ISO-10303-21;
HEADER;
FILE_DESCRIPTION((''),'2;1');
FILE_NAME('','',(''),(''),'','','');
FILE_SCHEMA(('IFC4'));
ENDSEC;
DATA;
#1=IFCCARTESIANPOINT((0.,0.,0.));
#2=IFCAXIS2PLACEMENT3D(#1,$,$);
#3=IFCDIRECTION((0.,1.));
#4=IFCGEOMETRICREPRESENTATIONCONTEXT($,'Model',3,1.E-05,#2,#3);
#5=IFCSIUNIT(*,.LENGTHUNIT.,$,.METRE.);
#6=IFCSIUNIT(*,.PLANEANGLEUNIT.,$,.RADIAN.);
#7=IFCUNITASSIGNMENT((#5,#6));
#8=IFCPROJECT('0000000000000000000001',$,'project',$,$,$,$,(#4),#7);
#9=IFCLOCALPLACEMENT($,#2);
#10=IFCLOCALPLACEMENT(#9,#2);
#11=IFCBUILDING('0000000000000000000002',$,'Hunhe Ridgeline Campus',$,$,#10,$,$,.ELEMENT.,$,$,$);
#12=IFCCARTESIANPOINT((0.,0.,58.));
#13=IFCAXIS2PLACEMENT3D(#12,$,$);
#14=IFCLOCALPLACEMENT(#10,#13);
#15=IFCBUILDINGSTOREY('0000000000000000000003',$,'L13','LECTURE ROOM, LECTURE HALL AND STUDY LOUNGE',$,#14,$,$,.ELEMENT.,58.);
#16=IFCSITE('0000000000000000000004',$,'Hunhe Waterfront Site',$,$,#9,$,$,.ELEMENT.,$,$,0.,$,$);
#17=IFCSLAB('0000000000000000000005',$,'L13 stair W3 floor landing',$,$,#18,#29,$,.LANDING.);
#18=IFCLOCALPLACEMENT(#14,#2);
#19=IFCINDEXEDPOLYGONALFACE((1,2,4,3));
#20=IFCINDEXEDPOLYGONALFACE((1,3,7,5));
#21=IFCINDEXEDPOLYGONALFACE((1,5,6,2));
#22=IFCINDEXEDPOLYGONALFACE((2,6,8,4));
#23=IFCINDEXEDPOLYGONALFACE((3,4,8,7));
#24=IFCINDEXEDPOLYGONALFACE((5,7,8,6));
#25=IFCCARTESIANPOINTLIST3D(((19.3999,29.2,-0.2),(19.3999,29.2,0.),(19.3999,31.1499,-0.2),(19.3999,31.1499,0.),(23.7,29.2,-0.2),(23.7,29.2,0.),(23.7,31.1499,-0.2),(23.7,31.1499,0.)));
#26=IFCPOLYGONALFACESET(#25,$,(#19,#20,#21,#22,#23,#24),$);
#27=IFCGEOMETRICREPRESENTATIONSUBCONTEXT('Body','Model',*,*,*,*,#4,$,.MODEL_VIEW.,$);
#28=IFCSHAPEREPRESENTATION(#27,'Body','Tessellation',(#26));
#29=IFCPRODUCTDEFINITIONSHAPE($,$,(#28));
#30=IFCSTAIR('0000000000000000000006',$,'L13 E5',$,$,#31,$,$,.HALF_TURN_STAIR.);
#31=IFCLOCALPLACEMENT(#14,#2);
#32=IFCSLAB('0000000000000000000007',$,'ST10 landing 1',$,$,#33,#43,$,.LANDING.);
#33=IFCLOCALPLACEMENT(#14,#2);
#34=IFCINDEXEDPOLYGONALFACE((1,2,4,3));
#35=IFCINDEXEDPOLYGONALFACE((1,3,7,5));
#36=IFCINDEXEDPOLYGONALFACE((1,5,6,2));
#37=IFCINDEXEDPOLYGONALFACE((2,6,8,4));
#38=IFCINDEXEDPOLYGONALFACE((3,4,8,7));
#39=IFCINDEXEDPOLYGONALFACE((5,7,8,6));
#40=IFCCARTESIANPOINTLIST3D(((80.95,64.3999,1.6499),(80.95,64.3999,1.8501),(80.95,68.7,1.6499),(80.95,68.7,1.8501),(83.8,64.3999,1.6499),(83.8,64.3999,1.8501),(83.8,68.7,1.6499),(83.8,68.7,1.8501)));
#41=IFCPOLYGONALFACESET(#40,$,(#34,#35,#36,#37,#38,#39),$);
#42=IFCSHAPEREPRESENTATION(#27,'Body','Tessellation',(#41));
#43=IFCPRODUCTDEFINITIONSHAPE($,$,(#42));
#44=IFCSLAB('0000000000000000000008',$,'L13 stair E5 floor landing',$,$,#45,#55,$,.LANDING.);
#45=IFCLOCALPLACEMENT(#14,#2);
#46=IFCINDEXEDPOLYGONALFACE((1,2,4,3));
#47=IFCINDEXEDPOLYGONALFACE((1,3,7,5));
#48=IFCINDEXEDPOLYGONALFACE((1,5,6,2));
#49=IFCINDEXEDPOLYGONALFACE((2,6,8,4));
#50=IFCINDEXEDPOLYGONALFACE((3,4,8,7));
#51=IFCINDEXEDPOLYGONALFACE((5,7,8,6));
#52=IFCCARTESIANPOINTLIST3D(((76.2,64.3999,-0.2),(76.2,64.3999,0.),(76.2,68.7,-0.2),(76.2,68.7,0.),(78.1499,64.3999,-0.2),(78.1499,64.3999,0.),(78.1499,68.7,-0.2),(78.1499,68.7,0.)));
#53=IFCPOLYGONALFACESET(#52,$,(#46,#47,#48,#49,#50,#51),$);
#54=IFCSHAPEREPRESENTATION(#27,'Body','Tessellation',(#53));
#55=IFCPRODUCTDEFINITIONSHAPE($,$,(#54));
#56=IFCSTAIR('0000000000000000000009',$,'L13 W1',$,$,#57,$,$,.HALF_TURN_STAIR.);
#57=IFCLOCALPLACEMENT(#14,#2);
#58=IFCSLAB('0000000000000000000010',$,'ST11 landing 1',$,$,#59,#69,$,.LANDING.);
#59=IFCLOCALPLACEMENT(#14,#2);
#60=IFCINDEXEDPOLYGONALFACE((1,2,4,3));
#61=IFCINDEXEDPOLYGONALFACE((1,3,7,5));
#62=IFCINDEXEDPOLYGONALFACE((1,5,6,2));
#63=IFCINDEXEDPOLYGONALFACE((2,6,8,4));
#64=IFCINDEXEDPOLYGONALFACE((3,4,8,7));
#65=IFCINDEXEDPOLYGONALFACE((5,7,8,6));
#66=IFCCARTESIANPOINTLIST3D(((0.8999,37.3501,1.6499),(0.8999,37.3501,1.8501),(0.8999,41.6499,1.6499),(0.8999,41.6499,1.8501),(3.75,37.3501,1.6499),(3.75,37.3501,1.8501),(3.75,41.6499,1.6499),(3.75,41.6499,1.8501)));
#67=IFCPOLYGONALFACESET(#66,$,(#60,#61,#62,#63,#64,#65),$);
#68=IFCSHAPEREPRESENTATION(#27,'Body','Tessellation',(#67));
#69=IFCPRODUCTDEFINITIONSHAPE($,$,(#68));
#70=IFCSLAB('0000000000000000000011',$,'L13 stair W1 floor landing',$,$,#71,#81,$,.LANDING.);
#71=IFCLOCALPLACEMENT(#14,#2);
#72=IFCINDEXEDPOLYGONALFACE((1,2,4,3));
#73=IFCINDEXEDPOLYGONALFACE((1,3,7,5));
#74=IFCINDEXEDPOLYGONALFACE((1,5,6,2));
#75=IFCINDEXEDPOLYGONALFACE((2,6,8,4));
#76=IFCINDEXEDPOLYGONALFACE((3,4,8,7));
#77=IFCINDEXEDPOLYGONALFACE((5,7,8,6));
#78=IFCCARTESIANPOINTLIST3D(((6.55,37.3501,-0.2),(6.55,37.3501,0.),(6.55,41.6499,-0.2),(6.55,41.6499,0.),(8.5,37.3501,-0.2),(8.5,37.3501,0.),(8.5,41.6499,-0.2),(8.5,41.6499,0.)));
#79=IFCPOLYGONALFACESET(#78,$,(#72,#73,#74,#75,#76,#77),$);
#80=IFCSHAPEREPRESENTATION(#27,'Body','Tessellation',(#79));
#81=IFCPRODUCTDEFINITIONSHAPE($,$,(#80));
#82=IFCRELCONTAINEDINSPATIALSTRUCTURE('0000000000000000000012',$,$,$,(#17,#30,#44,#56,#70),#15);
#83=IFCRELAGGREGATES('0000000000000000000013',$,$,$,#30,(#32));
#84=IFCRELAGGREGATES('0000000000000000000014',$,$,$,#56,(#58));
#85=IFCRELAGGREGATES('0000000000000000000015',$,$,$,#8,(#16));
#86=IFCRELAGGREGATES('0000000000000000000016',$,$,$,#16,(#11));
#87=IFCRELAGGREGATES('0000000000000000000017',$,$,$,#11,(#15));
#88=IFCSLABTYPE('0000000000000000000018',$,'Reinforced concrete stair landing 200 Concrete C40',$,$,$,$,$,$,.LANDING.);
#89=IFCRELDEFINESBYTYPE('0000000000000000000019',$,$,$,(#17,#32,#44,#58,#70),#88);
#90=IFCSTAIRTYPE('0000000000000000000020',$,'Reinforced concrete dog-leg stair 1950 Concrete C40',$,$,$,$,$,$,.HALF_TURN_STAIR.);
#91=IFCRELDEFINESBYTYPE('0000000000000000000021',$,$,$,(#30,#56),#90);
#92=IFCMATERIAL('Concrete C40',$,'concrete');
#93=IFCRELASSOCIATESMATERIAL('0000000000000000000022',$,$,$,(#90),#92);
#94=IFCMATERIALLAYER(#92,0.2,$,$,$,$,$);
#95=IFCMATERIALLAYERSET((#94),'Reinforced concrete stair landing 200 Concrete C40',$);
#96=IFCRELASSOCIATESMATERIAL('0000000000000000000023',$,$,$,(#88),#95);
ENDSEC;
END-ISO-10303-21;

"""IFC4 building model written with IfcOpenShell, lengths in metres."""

from ifc_helpers import new_model, si_unit, direction, frame, origin, place, context, subcontext, project, spatial, polyline, outline, extrude, material, layer, layer_set, type_object, element, aggregate, save


model = new_model("IFC4")

# Units and contexts
model_context = context("Model", 3, precision=1e-05, world=origin(), true_north=direction((0.0, 1.0)))
body_context = subcontext(model_context, "Body", "Model", "MODEL_VIEW")
ifc_project = project(units=[si_unit("LENGTHUNIT", "METRE"), si_unit("PLANEANGLEUNIT", "RADIAN")], contexts=[model_context])

# Site, building, storey
site_placement = place(None, origin())
site = spatial("IfcSite", under=ifc_project, at=site_placement, Name="Hunhe Waterfront Site", CompositionType="ELEMENT", RefElevation=0.0)
building_placement = place(site_placement, origin())
building = spatial("IfcBuilding", under=site, at=building_placement, Name="Hunhe Ridgeline Campus", CompositionType="ELEMENT")
storey_placement = place(building_placement, frame((0.0, 0.0, 58.0)))
storey = spatial("IfcBuildingStorey", under=building, at=storey_placement, Name="L13", Description="LECTURE ROOM, LECTURE HALL AND STUDY LOUNGE", CompositionType="ELEMENT", Elevation=58.0)

# Shared definitions
ifc_material_1 = material(Name="Concrete C40", Category="concrete")

# Shared definitions
stair_type = type_object("IfcStairType", Name="Reinforced concrete dog-leg stair 1950 Concrete C40", PredefinedType="HALF_TURN_STAIR", material=ifc_material_1)
ifc_layer_1 = layer(ifc_material_1, 0.2)
ifc_layer_set_1 = layer_set([ifc_layer_1], Name="Reinforced concrete stair landing 200 Concrete C40")
slab_type_1 = type_object("IfcSlabType", Name="Reinforced concrete stair landing 200 Concrete C40", PredefinedType="LANDING", material=ifc_layer_set_1)

# Slab
slab_1_placement = place(storey_placement, frame((0.0, 0.0, -0.2)))
element("IfcSlab", 1, at=slab_1_placement, inside=storey, type_object=slab_type_1, Name="L13 stair W3 floor landing", PredefinedType="LANDING", context=body_context, shape_type="SweptSolid", body=[
    extrude(outline(polyline([(23.7, 29.2), (23.7, 31.1499), (19.3999, 31.1499), (19.3999, 29.2), (23.7, 29.2)])), origin(), (0.0, 0.0, 1.0), 0.2),
])

# Stair, slab
stair_1_placement = place(storey_placement, origin())
stair_1 = element("IfcStair", 2, at=stair_1_placement, inside=storey, type_object=stair_type, Name="L13 E5", PredefinedType="HALF_TURN_STAIR")
slab_2_placement = place(storey_placement, frame((0.0, 0.0, 1.6499)))
slab_2 = element("IfcSlab", 3, at=slab_2_placement, type_object=slab_type_1, Name="ST10 landing 1", PredefinedType="LANDING", context=body_context, shape_type="SweptSolid", body=[
    extrude(outline(polyline([(80.95, 64.3999), (83.8, 64.3999), (83.8, 68.7), (80.95, 68.7), (80.95, 64.3999)])), origin(), (0.0, 0.0, 1.0), 0.2002),
])
aggregate(stair_1, [slab_2])

# Slab
slab_3_placement = place(storey_placement, frame((0.0, 0.0, -0.2)))
element("IfcSlab", 4, at=slab_3_placement, inside=storey, type_object=slab_type_1, Name="L13 stair E5 floor landing", PredefinedType="LANDING", context=body_context, shape_type="SweptSolid", body=[
    extrude(outline(polyline([(76.2, 64.3999), (78.1499, 64.3999), (78.1499, 68.7), (76.2, 68.7), (76.2, 64.3999)])), origin(), (0.0, 0.0, 1.0), 0.2),
])

# Stair, slab
stair_2_placement = place(storey_placement, origin())
stair_2 = element("IfcStair", 5, at=stair_2_placement, inside=storey, type_object=stair_type, Name="L13 W1", PredefinedType="HALF_TURN_STAIR")
slab_4_placement = place(storey_placement, frame((0.0, 0.0, 1.6499)))
slab_4 = element("IfcSlab", 6, at=slab_4_placement, type_object=slab_type_1, Name="ST11 landing 1", PredefinedType="LANDING", context=body_context, shape_type="SweptSolid", body=[
    extrude(outline(polyline([(3.75, 41.6499), (0.8999, 41.6499), (0.8999, 37.3501), (3.75, 37.3501), (3.75, 41.6499)])), origin(), (0.0, 0.0, 1.0), 0.2002),
])
aggregate(stair_2, [slab_4])

# Slab
slab_5_placement = place(storey_placement, frame((0.0, 0.0, -0.2)))
element("IfcSlab", 7, at=slab_5_placement, inside=storey, type_object=slab_type_1, Name="L13 stair W1 floor landing", PredefinedType="LANDING", context=body_context, shape_type="SweptSolid", body=[
    extrude(outline(polyline([(8.5, 41.6499), (6.55, 41.6499), (6.55, 37.3501), (8.5, 37.3501), (8.5, 41.6499)])), origin(), (0.0, 0.0, 1.0), 0.2),
])

save(model, "model.ifc")
